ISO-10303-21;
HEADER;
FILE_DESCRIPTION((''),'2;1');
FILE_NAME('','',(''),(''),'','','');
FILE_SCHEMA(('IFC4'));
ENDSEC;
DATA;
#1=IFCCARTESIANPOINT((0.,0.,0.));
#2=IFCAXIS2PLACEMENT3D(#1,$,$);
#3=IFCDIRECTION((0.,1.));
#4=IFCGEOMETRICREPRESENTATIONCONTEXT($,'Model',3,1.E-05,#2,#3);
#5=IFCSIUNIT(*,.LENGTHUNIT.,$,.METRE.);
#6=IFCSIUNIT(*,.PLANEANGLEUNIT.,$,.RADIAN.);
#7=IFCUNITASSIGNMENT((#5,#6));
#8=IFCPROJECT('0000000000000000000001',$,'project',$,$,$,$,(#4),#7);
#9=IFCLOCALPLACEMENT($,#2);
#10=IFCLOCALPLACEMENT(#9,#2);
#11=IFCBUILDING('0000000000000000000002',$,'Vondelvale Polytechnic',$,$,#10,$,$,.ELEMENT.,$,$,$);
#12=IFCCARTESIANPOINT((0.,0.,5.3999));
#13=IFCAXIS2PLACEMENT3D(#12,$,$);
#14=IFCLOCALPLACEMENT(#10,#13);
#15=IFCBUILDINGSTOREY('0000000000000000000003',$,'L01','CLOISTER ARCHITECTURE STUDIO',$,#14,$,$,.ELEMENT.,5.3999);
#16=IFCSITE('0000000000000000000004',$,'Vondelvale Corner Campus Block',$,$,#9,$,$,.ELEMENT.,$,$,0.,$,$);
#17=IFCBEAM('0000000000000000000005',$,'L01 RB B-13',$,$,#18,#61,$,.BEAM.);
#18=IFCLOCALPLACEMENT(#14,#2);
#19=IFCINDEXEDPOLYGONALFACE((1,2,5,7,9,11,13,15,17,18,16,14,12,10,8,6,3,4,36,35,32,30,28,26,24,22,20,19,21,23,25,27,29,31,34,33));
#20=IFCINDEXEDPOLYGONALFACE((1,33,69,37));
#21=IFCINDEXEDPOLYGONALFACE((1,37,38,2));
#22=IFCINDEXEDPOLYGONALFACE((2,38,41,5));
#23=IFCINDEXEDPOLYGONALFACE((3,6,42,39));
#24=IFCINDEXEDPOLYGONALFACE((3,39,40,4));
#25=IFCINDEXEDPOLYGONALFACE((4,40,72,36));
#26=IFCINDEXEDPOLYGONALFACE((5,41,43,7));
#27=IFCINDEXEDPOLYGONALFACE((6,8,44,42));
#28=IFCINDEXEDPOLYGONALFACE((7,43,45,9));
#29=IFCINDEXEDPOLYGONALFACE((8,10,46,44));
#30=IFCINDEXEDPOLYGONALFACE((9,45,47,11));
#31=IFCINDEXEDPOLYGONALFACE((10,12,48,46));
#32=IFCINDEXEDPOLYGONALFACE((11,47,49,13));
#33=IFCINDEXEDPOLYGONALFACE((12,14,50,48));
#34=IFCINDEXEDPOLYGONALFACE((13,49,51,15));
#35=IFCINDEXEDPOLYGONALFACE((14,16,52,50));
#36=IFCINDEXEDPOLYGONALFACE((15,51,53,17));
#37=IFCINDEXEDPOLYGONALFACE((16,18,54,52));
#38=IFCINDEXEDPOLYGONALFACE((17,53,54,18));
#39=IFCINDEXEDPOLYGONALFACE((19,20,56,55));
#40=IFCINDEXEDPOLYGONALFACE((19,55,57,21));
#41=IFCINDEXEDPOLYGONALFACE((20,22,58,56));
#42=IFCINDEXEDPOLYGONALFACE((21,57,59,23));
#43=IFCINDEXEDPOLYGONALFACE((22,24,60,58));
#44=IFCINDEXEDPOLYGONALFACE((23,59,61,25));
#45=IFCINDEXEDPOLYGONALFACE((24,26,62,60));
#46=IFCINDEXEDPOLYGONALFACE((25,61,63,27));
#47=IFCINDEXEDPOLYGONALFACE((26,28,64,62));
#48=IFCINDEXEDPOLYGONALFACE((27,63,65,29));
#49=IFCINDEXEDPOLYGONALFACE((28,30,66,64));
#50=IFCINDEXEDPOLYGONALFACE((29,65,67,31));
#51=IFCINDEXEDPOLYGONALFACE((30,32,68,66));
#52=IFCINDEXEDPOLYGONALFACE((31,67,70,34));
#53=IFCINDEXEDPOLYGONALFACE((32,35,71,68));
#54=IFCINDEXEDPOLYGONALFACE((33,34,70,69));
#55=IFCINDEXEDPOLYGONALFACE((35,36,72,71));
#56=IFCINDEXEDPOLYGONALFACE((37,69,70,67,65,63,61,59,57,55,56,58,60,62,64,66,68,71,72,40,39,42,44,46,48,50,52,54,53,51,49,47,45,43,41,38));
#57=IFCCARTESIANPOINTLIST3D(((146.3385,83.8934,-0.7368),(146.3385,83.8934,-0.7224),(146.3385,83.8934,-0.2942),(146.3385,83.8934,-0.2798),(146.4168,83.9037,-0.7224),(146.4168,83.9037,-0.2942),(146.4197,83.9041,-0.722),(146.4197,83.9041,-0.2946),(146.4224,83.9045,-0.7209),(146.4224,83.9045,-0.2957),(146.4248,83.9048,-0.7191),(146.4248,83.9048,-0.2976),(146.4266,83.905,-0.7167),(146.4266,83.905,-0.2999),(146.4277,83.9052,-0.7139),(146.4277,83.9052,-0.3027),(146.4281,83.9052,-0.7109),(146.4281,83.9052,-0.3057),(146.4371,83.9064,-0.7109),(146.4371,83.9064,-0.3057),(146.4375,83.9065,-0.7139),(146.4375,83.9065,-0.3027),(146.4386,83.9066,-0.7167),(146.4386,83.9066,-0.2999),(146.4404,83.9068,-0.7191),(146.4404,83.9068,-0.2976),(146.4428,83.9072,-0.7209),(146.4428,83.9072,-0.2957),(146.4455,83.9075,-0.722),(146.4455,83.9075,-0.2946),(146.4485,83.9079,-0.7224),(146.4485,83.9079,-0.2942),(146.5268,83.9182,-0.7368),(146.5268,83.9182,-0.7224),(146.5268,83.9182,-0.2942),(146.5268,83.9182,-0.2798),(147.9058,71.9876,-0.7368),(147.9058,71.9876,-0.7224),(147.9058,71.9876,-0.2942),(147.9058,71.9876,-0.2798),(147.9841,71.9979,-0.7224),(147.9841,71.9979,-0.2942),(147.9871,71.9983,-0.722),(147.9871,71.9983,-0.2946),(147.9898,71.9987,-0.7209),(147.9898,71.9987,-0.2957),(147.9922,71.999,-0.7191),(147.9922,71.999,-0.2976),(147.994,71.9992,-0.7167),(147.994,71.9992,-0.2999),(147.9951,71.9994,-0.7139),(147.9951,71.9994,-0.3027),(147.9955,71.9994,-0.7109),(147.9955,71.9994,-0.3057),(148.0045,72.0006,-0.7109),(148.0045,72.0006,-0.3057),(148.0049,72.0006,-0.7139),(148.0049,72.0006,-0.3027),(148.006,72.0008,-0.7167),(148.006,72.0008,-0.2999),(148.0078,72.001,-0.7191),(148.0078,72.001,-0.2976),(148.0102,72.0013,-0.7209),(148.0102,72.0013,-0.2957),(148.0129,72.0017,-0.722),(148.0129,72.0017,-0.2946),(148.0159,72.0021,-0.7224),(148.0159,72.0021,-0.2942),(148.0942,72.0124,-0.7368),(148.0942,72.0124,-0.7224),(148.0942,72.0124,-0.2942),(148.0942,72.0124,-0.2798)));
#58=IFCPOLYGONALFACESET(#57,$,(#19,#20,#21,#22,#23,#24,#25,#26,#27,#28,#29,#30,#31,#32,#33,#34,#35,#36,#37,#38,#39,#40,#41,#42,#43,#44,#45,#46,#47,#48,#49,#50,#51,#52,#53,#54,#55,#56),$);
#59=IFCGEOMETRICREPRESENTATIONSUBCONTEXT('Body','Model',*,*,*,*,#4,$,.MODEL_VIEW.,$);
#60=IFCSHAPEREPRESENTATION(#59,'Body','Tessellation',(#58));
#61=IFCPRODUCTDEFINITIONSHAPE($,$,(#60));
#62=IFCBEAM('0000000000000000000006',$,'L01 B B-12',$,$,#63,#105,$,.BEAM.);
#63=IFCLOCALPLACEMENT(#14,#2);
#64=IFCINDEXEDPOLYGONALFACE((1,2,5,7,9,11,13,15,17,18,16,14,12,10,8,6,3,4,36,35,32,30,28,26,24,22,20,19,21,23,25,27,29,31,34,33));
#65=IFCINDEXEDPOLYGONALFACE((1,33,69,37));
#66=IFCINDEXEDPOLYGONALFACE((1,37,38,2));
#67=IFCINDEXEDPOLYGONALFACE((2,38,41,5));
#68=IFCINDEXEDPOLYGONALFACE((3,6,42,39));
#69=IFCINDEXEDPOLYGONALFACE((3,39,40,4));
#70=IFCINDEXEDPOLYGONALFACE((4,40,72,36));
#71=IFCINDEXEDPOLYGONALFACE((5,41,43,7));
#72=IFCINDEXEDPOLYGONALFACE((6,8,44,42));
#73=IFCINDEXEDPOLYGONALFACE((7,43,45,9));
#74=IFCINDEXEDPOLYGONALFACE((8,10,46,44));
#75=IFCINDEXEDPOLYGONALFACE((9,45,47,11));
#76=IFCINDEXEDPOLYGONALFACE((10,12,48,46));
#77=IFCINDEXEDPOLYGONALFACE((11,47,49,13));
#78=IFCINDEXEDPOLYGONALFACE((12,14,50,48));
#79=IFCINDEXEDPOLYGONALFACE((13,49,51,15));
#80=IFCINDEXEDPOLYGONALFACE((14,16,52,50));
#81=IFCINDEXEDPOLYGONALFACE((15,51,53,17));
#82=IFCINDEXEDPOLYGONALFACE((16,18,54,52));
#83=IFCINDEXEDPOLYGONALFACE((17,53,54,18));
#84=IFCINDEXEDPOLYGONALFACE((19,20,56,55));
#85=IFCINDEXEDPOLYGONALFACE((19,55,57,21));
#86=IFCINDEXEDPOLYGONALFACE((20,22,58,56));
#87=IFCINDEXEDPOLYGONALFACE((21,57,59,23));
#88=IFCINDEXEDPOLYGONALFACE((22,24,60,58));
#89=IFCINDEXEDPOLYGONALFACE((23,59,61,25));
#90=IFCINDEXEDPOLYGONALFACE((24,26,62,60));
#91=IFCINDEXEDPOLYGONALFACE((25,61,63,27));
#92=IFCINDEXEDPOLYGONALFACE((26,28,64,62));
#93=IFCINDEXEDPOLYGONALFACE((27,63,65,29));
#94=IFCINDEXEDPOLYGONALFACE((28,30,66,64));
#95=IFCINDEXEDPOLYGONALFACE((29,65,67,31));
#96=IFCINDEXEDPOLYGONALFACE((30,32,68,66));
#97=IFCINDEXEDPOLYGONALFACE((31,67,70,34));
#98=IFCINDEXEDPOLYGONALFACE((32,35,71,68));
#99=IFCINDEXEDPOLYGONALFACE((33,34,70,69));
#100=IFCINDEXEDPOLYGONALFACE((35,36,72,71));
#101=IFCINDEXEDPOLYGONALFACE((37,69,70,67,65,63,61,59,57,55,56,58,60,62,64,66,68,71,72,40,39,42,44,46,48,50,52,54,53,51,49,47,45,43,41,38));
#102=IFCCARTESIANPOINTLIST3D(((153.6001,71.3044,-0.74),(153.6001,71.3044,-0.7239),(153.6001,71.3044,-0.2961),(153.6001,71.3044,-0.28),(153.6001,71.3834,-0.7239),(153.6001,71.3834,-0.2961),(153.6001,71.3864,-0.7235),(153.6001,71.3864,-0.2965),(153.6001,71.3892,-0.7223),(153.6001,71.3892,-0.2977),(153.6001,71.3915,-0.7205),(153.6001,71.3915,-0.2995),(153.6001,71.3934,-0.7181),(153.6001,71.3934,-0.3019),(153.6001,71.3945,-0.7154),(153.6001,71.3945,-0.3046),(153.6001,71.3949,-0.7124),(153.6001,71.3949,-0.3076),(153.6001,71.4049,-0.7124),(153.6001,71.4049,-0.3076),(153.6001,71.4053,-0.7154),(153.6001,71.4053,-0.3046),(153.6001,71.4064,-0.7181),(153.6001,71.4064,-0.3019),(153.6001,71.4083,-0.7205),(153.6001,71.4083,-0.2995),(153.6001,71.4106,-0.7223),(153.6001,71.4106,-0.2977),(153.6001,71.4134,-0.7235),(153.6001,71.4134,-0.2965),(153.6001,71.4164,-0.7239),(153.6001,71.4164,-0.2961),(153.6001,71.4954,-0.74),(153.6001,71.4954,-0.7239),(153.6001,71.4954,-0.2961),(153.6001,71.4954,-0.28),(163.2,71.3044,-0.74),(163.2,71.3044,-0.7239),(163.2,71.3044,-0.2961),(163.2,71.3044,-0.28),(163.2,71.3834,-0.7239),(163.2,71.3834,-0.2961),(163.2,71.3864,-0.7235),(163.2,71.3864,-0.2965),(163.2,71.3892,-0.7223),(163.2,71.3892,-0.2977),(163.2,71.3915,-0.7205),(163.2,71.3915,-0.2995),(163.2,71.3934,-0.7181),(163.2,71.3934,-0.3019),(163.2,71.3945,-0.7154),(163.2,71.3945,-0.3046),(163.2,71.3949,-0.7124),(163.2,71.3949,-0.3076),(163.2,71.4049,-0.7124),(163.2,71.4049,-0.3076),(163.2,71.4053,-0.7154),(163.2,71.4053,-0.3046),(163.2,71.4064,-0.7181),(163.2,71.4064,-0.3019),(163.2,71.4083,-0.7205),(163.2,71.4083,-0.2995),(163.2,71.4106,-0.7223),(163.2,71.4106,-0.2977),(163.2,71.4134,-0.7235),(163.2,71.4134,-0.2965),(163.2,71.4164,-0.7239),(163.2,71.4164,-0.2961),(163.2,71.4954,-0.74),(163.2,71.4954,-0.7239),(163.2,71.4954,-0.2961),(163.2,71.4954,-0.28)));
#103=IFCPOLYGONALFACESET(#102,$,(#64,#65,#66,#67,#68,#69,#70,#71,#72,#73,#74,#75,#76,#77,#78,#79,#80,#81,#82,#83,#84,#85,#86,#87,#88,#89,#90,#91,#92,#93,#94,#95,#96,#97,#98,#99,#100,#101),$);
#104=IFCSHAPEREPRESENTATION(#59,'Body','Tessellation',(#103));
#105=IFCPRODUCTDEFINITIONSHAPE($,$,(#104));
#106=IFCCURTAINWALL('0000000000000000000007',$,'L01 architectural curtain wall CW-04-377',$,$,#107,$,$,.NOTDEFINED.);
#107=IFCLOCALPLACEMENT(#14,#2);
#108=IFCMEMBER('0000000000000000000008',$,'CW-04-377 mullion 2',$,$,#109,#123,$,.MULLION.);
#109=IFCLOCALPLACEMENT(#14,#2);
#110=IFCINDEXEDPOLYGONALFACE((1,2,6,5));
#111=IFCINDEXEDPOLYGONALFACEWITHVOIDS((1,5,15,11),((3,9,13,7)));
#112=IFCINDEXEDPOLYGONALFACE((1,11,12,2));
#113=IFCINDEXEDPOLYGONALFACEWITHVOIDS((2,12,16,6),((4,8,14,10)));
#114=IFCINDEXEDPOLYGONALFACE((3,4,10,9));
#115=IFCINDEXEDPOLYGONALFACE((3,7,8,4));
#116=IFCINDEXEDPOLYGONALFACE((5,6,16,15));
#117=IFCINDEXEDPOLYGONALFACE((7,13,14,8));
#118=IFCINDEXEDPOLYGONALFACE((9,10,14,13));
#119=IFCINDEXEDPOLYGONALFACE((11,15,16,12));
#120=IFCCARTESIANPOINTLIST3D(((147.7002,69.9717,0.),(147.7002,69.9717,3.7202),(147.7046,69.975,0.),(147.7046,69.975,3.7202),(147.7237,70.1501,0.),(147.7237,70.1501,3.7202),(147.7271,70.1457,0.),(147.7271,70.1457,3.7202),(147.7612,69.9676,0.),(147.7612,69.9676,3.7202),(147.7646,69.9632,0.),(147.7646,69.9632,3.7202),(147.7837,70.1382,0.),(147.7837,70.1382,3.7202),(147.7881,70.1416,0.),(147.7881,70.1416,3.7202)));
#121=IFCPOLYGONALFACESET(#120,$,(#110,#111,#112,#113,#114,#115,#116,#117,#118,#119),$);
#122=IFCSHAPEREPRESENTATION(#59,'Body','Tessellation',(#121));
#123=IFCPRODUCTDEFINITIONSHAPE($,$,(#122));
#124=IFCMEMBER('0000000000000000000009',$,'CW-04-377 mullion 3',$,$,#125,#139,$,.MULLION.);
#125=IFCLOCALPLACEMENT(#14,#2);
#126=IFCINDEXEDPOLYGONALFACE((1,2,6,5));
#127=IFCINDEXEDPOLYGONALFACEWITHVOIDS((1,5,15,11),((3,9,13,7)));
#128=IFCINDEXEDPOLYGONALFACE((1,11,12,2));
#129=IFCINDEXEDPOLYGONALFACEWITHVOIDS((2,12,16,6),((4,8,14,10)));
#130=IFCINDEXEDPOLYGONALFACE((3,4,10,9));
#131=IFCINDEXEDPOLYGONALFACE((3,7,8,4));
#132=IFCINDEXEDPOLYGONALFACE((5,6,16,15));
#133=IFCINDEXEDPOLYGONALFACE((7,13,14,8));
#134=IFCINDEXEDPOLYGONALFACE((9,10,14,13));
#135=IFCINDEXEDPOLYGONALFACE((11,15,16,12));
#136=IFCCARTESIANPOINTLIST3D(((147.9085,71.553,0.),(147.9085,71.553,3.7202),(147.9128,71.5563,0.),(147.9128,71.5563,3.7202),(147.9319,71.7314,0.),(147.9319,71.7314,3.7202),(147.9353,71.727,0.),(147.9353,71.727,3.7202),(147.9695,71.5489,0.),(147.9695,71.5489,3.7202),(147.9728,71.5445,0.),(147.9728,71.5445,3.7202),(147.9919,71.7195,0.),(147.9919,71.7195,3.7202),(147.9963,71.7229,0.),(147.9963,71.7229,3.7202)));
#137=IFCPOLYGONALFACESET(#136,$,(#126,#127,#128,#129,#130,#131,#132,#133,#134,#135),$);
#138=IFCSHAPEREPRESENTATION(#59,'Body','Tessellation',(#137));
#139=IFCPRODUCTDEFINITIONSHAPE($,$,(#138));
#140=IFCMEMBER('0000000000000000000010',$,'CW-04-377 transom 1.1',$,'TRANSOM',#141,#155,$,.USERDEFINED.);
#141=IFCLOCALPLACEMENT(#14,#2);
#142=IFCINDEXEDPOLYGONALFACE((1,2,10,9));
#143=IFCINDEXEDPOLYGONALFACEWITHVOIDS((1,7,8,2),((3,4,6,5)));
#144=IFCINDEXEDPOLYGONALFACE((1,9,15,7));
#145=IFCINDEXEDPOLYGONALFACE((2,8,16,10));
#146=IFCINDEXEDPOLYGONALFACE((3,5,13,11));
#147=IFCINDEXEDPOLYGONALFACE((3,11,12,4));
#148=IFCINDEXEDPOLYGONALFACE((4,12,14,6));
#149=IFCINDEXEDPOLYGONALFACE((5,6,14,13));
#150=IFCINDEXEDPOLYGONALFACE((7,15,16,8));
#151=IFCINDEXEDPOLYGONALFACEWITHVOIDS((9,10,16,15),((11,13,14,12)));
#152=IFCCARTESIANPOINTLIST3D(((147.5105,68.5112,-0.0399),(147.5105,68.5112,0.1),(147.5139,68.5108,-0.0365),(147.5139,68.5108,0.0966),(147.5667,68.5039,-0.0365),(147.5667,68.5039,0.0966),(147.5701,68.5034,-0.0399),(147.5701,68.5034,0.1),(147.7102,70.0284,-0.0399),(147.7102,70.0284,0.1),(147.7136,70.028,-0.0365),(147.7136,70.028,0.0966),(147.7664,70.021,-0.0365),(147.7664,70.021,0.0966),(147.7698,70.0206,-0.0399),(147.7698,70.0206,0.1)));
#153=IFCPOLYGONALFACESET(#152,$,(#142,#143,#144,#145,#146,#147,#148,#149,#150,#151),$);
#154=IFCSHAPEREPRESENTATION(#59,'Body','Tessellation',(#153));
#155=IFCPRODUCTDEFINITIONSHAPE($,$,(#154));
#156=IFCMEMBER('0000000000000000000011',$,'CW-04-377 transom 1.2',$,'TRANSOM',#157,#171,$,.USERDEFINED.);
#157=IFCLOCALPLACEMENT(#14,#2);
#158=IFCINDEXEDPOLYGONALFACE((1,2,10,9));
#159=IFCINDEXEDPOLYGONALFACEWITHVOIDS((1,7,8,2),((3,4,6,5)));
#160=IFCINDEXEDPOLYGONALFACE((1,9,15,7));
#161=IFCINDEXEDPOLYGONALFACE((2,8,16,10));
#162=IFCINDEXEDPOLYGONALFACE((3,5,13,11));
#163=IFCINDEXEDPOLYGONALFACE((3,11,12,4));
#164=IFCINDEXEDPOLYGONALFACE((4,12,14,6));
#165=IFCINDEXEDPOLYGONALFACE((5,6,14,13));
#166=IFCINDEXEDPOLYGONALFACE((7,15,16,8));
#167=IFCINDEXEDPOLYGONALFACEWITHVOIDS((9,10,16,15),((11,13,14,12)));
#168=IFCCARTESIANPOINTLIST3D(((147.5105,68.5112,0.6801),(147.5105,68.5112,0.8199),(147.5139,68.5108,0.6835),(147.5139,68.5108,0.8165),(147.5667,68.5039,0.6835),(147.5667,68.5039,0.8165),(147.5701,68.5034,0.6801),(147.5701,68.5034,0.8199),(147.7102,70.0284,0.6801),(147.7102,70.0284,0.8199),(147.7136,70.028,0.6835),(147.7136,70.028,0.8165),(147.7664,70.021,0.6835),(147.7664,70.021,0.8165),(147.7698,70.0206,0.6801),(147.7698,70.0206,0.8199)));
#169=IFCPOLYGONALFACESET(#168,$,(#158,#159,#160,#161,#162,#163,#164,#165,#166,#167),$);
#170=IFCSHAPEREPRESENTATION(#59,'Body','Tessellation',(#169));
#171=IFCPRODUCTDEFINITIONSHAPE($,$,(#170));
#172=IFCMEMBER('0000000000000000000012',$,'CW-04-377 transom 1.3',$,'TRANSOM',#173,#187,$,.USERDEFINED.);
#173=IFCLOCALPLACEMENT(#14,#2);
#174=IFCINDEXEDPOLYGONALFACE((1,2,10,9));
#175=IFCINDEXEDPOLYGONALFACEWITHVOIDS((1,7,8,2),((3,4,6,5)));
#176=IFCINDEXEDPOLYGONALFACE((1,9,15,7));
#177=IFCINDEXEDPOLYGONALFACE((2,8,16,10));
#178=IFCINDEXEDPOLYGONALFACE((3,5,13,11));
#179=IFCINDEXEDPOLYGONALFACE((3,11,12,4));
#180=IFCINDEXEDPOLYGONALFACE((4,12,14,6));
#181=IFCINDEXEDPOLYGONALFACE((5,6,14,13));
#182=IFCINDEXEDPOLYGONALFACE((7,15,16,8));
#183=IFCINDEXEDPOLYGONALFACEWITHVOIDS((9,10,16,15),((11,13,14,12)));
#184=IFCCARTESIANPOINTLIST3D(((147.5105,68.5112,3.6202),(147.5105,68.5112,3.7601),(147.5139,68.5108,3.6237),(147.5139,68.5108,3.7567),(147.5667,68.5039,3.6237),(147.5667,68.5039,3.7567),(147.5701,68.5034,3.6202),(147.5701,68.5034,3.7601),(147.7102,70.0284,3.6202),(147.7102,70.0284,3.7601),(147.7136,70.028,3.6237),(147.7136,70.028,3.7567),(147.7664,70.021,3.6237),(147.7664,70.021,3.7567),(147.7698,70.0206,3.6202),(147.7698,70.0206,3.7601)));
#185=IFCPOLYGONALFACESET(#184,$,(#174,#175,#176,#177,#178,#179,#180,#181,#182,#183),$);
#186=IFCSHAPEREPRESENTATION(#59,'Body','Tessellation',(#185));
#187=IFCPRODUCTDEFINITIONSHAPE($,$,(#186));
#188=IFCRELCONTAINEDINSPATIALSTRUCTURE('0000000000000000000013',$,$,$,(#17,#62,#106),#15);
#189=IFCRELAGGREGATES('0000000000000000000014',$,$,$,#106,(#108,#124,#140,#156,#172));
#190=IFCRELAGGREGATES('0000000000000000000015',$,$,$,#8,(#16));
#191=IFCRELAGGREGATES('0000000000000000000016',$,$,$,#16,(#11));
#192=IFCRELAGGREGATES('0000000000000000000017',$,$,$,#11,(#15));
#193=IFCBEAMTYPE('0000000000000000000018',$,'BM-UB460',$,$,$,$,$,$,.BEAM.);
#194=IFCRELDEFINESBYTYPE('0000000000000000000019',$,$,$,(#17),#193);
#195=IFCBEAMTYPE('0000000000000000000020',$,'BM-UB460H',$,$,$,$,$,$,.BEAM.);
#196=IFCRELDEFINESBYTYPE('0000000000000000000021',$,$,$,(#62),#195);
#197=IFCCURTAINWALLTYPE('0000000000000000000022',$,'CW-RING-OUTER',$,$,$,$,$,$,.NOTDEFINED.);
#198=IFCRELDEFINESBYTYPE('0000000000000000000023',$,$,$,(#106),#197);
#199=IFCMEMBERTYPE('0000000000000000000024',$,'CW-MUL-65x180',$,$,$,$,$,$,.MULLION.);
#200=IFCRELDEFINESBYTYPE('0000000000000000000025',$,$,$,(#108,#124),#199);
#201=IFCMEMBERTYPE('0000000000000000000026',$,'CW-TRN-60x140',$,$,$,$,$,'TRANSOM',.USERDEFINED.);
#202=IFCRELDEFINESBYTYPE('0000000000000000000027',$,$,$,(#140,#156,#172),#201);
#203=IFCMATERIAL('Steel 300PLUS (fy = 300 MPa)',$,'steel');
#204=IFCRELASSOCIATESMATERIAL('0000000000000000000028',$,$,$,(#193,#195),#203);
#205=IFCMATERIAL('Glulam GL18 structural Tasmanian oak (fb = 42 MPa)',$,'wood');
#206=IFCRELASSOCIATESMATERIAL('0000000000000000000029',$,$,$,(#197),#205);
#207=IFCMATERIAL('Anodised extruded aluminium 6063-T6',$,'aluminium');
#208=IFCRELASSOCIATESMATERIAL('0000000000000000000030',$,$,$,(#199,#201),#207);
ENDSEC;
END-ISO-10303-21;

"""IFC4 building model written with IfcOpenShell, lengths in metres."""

from ifc_helpers import new_model, si_unit, direction, frame, origin, origin_2d, place, context, subcontext, project, spatial, hollow_rectangle, i_section, extrude, material, material_profile, profile_set, type_object, element, aggregate, save


model = new_model("IFC4")

# Units and contexts
model_context = context("Model", 3, precision=1e-05, world=origin(), true_north=direction((0.0, 1.0)))
body_context = subcontext(model_context, "Body", "Model", "MODEL_VIEW")
ifc_project = project(units=[si_unit("LENGTHUNIT", "METRE"), si_unit("PLANEANGLEUNIT", "RADIAN")], contexts=[model_context])

# Site, building, storey
site_placement = place(None, origin())
site = spatial("IfcSite", under=ifc_project, at=site_placement, Name="Vondelvale Corner Campus Block", CompositionType="ELEMENT", RefElevation=0.0)
building_placement = place(site_placement, origin())
building = spatial("IfcBuilding", under=site, at=building_placement, Name="Vondelvale Polytechnic", CompositionType="ELEMENT")
storey_placement = place(building_placement, frame((0.0, 0.0, 5.3999)))
storey = spatial("IfcBuildingStorey", under=building, at=storey_placement, Name="L01", Description="CLOISTER ARCHITECTURE STUDIO", CompositionType="ELEMENT", Elevation=5.3999)

# Shared definitions
ifc_material_1 = material(Name="Steel 300PLUS (fy = 300 MPa)", Category="steel")

# Beams
ifc_material_profile_1 = material_profile(ifc_material_1, i_section(OverallWidth=0.1899, OverallDepth=0.457, WebThickness=0.009, FlangeThickness=0.0144, FilletRadius=0.0115, at=origin_2d()), Name="460UB74.6")
ifc_profile_set_1 = profile_set([ifc_material_profile_1], Name="Steel 300PLUS (fy = 300 MPa)")
beam_type_1 = type_object("IfcBeamType", Name="BM-UB460", PredefinedType="BEAM", material=ifc_profile_set_1)
beam_1_placement = place(storey_placement, frame((148.0, 72.0, -0.5083), z_axis=(-0.130523, 0.991445, 0.0), x_axis=(-0.991445, -0.130523, 0.0)))
element("IfcBeam", 1, at=beam_1_placement, inside=storey, type_object=beam_type_1, Name="L01 RB B-13", PredefinedType="BEAM", context=body_context, shape_type="SweptSolid", body=[
    extrude(i_section(OverallWidth=0.1899, OverallDepth=0.457, WebThickness=0.009, FlangeThickness=0.0144, FilletRadius=0.0115, at=origin_2d()), origin(), (0.0, 0.0, 1.0), 12.0085),
])
ifc_material_profile_2 = material_profile(ifc_material_1, i_section(OverallWidth=0.1909, OverallDepth=0.46, WebThickness=0.01, FlangeThickness=0.0161, FilletRadius=0.0115, at=origin_2d()), Name="460UB82.1")
ifc_profile_set_2 = profile_set([ifc_material_profile_2], Name="Steel 300PLUS (fy = 300 MPa)")
beam_type_2 = type_object("IfcBeamType", Name="BM-UB460H", PredefinedType="BEAM", material=ifc_profile_set_2)
beam_2_placement = place(storey_placement, frame((153.6001, 71.3999, -0.51), z_axis=(1.0, 0.0, 0.0), x_axis=(0.0, 1.0, 0.0)))
element("IfcBeam", 2, at=beam_2_placement, inside=storey, type_object=beam_type_2, Name="L01 B B-12", PredefinedType="BEAM", context=body_context, shape_type="SweptSolid", body=[
    extrude(i_section(OverallWidth=0.1909, OverallDepth=0.46, WebThickness=0.01, FlangeThickness=0.0161, FilletRadius=0.0115, at=origin_2d()), origin(), (0.0, 0.0, 1.0), 9.5999),
])

# Curtain wall, members
ifc_material_2 = material(Name="Glulam GL18 structural Tasmanian oak (fb = 42 MPa)", Category="wood")
curtain_wall_type = type_object("IfcCurtainWallType", Name="CW-RING-OUTER", PredefinedType="NOTDEFINED", material=ifc_material_2)
curtain_wall_placement = place(storey_placement, origin())
curtain_wall = element("IfcCurtainWall", 3, at=curtain_wall_placement, inside=storey, type_object=curtain_wall_type, Name="L01 architectural curtain wall CW-04-377", PredefinedType="NOTDEFINED")
ifc_material_3 = material(Name="Anodised extruded aluminium 6063-T6", Category="aluminium")
ifc_material_profile_3 = material_profile(ifc_material_3, hollow_rectangle(XDim=0.0649, YDim=0.1799, WallThickness=0.0039, at=origin_2d()), Name="CW-MUL-180x65")
ifc_profile_set_3 = profile_set([ifc_material_profile_3], Name="Anodised extruded aluminium 6063-T6")
member_type_1 = type_object("IfcMemberType", Name="CW-MUL-65x180", PredefinedType="MULLION", material=ifc_profile_set_3)
member_1_placement = place(storey_placement, frame((147.7441, 70.0566, 0.0), z_axis=(0.0, 0.0, 1.0), x_axis=(-0.991443, 0.13054, 0.0)))
member_1 = element("IfcMember", 4, at=member_1_placement, type_object=member_type_1, Name="CW-04-377 mullion 2", PredefinedType="MULLION", context=body_context, shape_type="SweptSolid", body=[
    extrude(hollow_rectangle(XDim=0.0649, YDim=0.1799, WallThickness=0.0039, at=origin_2d()), origin(), (0.0, 0.0, 1.0), 3.7202),
])
member_2_placement = place(storey_placement, frame((147.9524, 71.6379, 0.0), z_axis=(0.0, 0.0, 1.0), x_axis=(-0.991443, 0.13054, 0.0)))
member_2 = element("IfcMember", 5, at=member_2_placement, type_object=member_type_1, Name="CW-04-377 mullion 3", PredefinedType="MULLION", context=body_context, shape_type="SweptSolid", body=[
    extrude(hollow_rectangle(XDim=0.0649, YDim=0.1799, WallThickness=0.0039, at=origin_2d()), origin(), (0.0, 0.0, 1.0), 3.7202),
])
ifc_material_profile_4 = material_profile(ifc_material_3, hollow_rectangle(XDim=0.0601, YDim=0.1399, WallThickness=0.0034, at=origin_2d()), Name="CW-TRN-140x60")
ifc_profile_set_4 = profile_set([ifc_material_profile_4], Name="Anodised extruded aluminium 6063-T6")
member_type_2 = type_object("IfcMemberType", Name="CW-TRN-60x140", ElementType="TRANSOM", PredefinedType="USERDEFINED", material=ifc_profile_set_4)
member_3_placement = place(storey_placement, frame((147.5403, 68.5073, 0.03), z_axis=(0.130512, 0.991447, 0.0), x_axis=(-0.991447, 0.130512, 0.0)))
member_3 = element("IfcMember", 6, at=member_3_placement, type_object=member_type_2, Name="CW-04-377 transom 1.1", ObjectType="TRANSOM", PredefinedType="USERDEFINED", context=body_context, shape_type="SweptSolid", body=[
    extrude(hollow_rectangle(XDim=0.0601, YDim=0.1399, WallThickness=0.0034, at=origin_2d()), origin(), (0.0, 0.0, 1.0), 1.5303),
])
member_4_placement = place(storey_placement, frame((147.5403, 68.5073, 0.75), z_axis=(0.130512, 0.991447, 0.0), x_axis=(-0.991447, 0.130512, 0.0)))
member_4 = element("IfcMember", 7, at=member_4_placement, type_object=member_type_2, Name="CW-04-377 transom 1.2", ObjectType="TRANSOM", PredefinedType="USERDEFINED", context=body_context, shape_type="SweptSolid", body=[
    extrude(hollow_rectangle(XDim=0.0601, YDim=0.1399, WallThickness=0.0034, at=origin_2d()), origin(), (0.0, 0.0, 1.0), 1.5303),
])
member_5_placement = place(storey_placement, frame((147.5403, 68.5073, 3.6902), z_axis=(0.130512, 0.991447, 0.0), x_axis=(-0.991447, 0.130512, 0.0)))
member_5 = element("IfcMember", 8, at=member_5_placement, type_object=member_type_2, Name="CW-04-377 transom 1.3", ObjectType="TRANSOM", PredefinedType="USERDEFINED", context=body_context, shape_type="SweptSolid", body=[
    extrude(hollow_rectangle(XDim=0.0601, YDim=0.1399, WallThickness=0.0034, at=origin_2d()), origin(), (0.0, 0.0, 1.0), 1.5303),
])
aggregate(curtain_wall, [member_1, member_2, member_3, member_4, member_5])

save(model, "model.ifc")
